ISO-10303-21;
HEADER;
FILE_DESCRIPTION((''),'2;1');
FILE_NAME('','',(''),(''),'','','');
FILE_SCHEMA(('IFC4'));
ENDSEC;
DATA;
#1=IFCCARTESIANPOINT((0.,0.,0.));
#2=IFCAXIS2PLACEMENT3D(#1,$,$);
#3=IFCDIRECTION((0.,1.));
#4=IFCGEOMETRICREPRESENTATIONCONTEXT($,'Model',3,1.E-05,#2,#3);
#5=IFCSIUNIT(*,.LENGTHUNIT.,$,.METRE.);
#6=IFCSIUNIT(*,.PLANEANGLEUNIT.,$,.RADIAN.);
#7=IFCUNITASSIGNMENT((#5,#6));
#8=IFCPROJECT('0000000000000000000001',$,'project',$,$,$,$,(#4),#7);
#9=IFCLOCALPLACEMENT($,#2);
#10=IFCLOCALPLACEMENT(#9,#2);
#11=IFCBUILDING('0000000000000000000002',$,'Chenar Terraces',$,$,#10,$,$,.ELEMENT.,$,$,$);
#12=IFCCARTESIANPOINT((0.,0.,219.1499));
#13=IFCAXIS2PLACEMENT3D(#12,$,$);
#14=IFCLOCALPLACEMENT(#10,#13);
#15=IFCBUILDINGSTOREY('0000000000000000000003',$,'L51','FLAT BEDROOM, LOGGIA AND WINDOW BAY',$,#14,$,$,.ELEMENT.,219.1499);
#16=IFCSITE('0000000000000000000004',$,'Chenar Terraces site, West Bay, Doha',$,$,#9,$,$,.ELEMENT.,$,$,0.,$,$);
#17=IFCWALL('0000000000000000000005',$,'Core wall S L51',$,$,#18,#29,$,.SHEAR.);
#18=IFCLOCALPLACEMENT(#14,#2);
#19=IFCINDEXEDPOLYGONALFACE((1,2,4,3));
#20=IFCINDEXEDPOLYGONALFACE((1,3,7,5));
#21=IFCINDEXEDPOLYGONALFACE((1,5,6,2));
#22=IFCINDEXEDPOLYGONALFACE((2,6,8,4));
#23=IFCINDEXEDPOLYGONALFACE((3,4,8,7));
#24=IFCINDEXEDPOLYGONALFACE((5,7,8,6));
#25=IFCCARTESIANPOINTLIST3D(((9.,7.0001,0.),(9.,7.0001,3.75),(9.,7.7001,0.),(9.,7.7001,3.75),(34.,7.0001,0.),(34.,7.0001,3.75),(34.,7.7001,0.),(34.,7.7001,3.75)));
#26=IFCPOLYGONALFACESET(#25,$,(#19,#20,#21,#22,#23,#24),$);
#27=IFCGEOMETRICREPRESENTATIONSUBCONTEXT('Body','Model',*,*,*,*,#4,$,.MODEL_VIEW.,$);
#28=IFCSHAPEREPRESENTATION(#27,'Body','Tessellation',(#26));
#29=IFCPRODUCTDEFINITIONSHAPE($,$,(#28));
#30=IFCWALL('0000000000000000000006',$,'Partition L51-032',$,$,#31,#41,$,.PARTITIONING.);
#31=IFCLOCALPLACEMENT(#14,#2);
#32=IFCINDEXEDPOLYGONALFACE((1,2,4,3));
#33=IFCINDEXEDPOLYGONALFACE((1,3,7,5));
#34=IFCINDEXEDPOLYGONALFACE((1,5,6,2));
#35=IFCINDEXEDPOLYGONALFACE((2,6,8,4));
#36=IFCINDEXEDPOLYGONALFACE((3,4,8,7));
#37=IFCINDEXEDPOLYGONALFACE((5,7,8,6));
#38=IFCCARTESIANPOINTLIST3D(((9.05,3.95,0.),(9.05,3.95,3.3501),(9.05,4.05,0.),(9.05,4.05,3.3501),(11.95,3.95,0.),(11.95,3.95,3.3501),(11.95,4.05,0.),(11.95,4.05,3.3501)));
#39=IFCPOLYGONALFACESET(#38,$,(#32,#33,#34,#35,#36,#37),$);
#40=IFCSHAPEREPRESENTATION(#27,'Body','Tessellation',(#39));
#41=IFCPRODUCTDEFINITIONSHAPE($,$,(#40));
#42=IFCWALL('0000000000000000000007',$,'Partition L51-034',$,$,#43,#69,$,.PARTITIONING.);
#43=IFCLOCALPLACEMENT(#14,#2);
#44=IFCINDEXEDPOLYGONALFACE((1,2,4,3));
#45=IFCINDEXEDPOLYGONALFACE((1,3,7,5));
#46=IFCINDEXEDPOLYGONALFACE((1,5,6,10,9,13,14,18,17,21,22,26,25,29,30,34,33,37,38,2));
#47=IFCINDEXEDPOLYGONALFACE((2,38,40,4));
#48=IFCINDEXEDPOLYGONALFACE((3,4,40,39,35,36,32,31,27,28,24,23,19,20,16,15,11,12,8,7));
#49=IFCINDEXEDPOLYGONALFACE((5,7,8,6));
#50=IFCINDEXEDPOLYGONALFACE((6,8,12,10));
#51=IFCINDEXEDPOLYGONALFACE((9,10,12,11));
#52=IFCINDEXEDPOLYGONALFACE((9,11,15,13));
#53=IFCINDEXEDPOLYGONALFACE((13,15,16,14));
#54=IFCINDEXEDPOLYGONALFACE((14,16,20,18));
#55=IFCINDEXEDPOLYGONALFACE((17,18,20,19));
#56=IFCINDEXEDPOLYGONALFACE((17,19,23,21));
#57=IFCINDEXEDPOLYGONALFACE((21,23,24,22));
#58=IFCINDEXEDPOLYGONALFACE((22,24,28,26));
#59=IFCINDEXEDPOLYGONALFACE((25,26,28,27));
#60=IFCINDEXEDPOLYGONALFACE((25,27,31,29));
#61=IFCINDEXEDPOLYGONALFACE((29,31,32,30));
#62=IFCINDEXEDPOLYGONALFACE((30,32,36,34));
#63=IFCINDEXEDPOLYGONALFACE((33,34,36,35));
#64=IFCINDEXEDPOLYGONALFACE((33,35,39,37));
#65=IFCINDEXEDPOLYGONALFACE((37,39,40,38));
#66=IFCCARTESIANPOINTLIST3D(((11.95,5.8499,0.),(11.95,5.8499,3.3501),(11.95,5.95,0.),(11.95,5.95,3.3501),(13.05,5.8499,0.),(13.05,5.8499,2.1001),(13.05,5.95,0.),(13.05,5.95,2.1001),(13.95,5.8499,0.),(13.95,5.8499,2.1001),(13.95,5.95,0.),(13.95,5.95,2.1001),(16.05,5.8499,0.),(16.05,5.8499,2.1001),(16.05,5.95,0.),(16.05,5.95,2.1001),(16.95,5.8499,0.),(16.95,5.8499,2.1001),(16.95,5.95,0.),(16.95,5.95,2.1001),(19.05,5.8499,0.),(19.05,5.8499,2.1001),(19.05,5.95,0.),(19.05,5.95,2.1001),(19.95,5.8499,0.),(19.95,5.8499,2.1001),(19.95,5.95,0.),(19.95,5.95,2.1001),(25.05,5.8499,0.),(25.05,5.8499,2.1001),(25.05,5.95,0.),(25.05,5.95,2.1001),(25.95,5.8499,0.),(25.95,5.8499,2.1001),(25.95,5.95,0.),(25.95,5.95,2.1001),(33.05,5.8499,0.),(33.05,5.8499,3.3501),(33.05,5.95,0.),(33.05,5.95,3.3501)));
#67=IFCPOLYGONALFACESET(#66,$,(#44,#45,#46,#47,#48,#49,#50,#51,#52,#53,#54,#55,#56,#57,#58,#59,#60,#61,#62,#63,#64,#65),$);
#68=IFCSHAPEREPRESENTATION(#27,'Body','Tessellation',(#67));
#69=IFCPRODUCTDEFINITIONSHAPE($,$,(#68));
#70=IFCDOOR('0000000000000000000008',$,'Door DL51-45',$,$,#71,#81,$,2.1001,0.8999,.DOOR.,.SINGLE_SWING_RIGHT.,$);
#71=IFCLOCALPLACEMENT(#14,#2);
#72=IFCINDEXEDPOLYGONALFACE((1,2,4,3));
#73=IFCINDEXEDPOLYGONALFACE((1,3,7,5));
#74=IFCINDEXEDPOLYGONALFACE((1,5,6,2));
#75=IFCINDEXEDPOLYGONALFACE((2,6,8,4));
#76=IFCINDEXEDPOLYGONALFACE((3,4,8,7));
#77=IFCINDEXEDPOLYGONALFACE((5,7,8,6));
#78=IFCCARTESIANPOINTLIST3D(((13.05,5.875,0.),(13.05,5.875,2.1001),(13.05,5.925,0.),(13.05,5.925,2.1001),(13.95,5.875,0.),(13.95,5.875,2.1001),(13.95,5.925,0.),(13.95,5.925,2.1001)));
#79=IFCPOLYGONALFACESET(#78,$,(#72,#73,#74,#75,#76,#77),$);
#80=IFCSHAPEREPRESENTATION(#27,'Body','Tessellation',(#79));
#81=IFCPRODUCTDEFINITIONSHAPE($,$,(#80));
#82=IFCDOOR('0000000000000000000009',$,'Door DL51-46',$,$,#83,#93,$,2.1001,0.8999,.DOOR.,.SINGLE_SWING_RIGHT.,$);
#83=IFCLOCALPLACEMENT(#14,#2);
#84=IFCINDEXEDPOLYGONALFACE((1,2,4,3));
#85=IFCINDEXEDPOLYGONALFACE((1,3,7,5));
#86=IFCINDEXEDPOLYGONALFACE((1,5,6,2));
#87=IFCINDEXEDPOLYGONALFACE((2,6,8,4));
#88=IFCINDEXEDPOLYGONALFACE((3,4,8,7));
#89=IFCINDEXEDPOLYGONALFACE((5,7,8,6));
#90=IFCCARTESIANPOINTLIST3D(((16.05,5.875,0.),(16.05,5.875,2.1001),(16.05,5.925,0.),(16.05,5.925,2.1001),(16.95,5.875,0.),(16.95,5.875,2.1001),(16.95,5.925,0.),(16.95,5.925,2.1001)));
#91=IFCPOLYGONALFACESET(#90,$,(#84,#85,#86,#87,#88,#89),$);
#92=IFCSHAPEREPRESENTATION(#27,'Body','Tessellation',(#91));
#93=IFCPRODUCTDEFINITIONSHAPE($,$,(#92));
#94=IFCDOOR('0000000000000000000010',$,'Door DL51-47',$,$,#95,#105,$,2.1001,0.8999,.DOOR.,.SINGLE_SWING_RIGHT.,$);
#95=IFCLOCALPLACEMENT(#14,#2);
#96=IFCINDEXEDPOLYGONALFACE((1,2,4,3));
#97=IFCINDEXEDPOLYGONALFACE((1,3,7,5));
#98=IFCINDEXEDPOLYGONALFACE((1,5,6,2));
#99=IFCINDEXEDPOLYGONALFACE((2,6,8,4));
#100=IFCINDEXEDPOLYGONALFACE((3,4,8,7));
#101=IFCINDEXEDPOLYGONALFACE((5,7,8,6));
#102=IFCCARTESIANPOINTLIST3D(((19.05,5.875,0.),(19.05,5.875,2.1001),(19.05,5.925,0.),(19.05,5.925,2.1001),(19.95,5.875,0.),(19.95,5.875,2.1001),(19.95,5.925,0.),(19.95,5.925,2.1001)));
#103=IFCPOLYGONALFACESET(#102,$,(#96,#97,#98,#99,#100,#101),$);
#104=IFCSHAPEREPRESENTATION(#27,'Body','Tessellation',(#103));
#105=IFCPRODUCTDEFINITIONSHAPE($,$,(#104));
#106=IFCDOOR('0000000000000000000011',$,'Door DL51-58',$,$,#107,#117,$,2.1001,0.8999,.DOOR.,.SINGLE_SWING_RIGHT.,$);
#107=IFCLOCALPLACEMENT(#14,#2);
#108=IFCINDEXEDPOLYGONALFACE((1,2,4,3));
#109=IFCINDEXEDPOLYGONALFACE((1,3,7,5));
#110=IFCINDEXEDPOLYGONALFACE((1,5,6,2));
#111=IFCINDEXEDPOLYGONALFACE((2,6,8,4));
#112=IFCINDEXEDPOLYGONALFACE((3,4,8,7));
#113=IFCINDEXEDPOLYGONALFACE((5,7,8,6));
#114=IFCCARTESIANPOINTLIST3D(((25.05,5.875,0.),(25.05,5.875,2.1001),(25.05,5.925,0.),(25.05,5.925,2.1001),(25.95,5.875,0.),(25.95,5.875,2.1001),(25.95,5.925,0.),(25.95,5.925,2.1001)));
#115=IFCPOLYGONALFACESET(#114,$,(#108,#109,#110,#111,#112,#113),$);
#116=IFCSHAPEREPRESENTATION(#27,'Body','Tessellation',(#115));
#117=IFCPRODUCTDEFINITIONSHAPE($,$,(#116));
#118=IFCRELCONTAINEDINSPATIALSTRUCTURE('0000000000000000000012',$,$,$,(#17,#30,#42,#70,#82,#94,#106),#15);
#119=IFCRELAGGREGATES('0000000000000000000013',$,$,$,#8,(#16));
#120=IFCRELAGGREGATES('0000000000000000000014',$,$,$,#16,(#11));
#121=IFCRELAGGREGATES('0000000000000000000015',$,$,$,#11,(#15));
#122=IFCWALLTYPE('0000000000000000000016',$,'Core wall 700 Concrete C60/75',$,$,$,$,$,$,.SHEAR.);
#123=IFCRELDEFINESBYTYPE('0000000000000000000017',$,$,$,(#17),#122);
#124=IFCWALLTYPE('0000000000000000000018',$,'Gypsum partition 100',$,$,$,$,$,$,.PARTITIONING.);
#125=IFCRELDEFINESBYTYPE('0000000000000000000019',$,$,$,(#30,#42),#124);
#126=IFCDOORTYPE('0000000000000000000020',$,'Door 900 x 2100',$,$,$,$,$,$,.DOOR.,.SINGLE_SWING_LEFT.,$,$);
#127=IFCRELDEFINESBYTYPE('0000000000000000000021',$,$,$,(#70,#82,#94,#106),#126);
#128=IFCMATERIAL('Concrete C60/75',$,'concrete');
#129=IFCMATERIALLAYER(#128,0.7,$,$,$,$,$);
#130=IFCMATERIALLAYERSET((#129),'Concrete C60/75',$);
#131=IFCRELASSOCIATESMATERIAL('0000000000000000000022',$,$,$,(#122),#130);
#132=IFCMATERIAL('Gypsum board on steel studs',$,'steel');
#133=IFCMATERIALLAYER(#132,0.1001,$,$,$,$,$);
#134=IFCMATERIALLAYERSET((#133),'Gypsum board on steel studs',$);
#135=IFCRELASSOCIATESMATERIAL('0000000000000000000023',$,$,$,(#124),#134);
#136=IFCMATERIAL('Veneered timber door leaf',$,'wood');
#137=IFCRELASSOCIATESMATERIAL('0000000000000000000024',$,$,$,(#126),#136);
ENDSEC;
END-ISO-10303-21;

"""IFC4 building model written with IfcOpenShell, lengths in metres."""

from ifc_helpers import new_model, si_unit, direction, frame, frame_2d, origin, place, context, subcontext, project, spatial, rectangle, extrude, material, layer, layer_set, type_object, element, fill, save


model = new_model("IFC4")

# Units and contexts
model_context = context("Model", 3, precision=1e-05, world=origin(), true_north=direction((0.0, 1.0)))
body_context = subcontext(model_context, "Body", "Model", "MODEL_VIEW")
ifc_project = project(units=[si_unit("LENGTHUNIT", "METRE"), si_unit("PLANEANGLEUNIT", "RADIAN")], contexts=[model_context])

# Site, building, storey
site_placement = place(None, origin())
site = spatial("IfcSite", under=ifc_project, at=site_placement, Name="Chenar Terraces site, West Bay, Doha", CompositionType="ELEMENT", RefElevation=0.0)
building_placement = place(site_placement, origin())
building = spatial("IfcBuilding", under=site, at=building_placement, Name="Chenar Terraces", CompositionType="ELEMENT")
storey_placement = place(building_placement, frame((0.0, 0.0, 219.1499)))
storey = spatial("IfcBuildingStorey", under=building, at=storey_placement, Name="L51", Description="FLAT BEDROOM, LOGGIA AND WINDOW BAY", CompositionType="ELEMENT", Elevation=219.1499)

# Walls
ifc_material_1 = material(Name="Concrete C60/75", Category="concrete")
ifc_layer_1 = layer(ifc_material_1, 0.7)
ifc_layer_set_1 = layer_set([ifc_layer_1], Name="Concrete C60/75")
wall_type_1 = type_object("IfcWallType", Name="Core wall 700 Concrete C60/75", PredefinedType="SHEAR", material=ifc_layer_set_1)
wall_1_placement = place(storey_placement, frame((9.0, 7.3501, 0.0), z_axis=(0.0, 0.0, 1.0), x_axis=(1.0, 0.0, 0.0)))
element("IfcWall", 1, at=wall_1_placement, inside=storey, type_object=wall_type_1, Name="Core wall S L51", PredefinedType="SHEAR", context=body_context, shape_type="SweptSolid", body=[
    extrude(rectangle(XDim=25.0, YDim=0.7, at=frame_2d((12.5, 0.0))), origin(), (0.0, 0.0, 1.0), 3.75),
])
ifc_material_2 = material(Name="Gypsum board on steel studs", Category="steel")
ifc_layer_2 = layer(ifc_material_2, 0.1001)
ifc_layer_set_2 = layer_set([ifc_layer_2], Name="Gypsum board on steel studs")
wall_type_2 = type_object("IfcWallType", Name="Gypsum partition 100", PredefinedType="PARTITIONING", material=ifc_layer_set_2)
wall_2_placement = place(storey_placement, frame((9.05, 4.0, 0.0), z_axis=(0.0, 0.0, 1.0), x_axis=(1.0, 0.0, 0.0)))
element("IfcWall", 2, at=wall_2_placement, inside=storey, type_object=wall_type_2, Name="Partition L51-032", PredefinedType="PARTITIONING", context=body_context, shape_type="SweptSolid", body=[
    extrude(rectangle(XDim=2.8999, YDim=0.1001, at=frame_2d((1.45, 0.0))), origin(), (0.0, 0.0, 1.0), 3.3501),
])

# Wall, openings, doors
wall_3_placement = place(storey_placement, frame((11.95, 5.8999, 0.0), z_axis=(0.0, 0.0, 1.0), x_axis=(1.0, 0.0, 0.0)))
wall_3 = element("IfcWall", 3, at=wall_3_placement, inside=storey, type_object=wall_type_2, Name="Partition L51-034", PredefinedType="PARTITIONING", context=body_context, shape_type="SweptSolid", body=[
    extrude(rectangle(XDim=21.1001, YDim=0.1001, at=frame_2d((10.55, 0.0))), origin(), (0.0, 0.0, 1.0), 3.3501),
])
opening_1_placement = place(wall_3_placement, frame((1.1001, 0.0, 0.0)))
opening_1 = element("IfcOpeningElement", 4, at=opening_1_placement, cuts=wall_3, PredefinedType="OPENING", context=body_context, shape_type="SweptSolid", body=[
    extrude(rectangle(XDim=0.8999, YDim=2.1001, at=frame_2d((0.45, 1.05))), frame((0.0, 0.0601, 0.0), z_axis=(0.0, -1.0, 0.0), x_axis=(1.0, 0.0, 0.0)), (0.0, 0.0, 1.0), 0.1201),
])
opening_2_placement = place(wall_3_placement, frame((4.1001, 0.0, 0.0)))
opening_2 = element("IfcOpeningElement", 5, at=opening_2_placement, cuts=wall_3, PredefinedType="OPENING", context=body_context, shape_type="SweptSolid", body=[
    extrude(rectangle(XDim=0.8999, YDim=2.1001, at=frame_2d((0.45, 1.05))), frame((0.0, 0.0601, 0.0), z_axis=(0.0, -1.0, 0.0), x_axis=(1.0, 0.0, 0.0)), (0.0, 0.0, 1.0), 0.1201),
])
opening_3_placement = place(wall_3_placement, frame((7.1001, 0.0, 0.0)))
opening_3 = element("IfcOpeningElement", 6, at=opening_3_placement, cuts=wall_3, PredefinedType="OPENING", context=body_context, shape_type="SweptSolid", body=[
    extrude(rectangle(XDim=0.8999, YDim=2.1001, at=frame_2d((0.45, 1.05))), frame((0.0, 0.0601, 0.0), z_axis=(0.0, -1.0, 0.0), x_axis=(1.0, 0.0, 0.0)), (0.0, 0.0, 1.0), 0.1201),
])
opening_4_placement = place(wall_3_placement, frame((13.1001, 0.0, 0.0)))
opening_4 = element("IfcOpeningElement", 7, at=opening_4_placement, cuts=wall_3, PredefinedType="OPENING", context=body_context, shape_type="SweptSolid", body=[
    extrude(rectangle(XDim=0.8999, YDim=2.1001, at=frame_2d((0.45, 1.05))), frame((0.0, 0.0601, 0.0), z_axis=(0.0, -1.0, 0.0), x_axis=(1.0, 0.0, 0.0)), (0.0, 0.0, 1.0), 0.1201),
])
ifc_material_3 = material(Name="Veneered timber door leaf", Category="wood")
door_type_1 = type_object("IfcDoorType", Name="Door 900 x 2100", OperationType="SINGLE_SWING_LEFT", PredefinedType="DOOR", material=ifc_material_3)
door_1_placement = place(opening_1_placement, frame((0.8999, 0.0, 0.0), z_axis=(0.0, 0.0, 1.0), x_axis=(-1.0, 0.0, 0.0)))
door_1 = element("IfcDoor", 8, at=door_1_placement, inside=storey, type_object=door_type_1, Name="Door DL51-45", OperationType="SINGLE_SWING_RIGHT", OverallHeight=2.1001, OverallWidth=0.8999, PredefinedType="DOOR", context=body_context, shape_type="SweptSolid", body=[
    extrude(rectangle(XDim=0.8999, YDim=2.1001, at=frame_2d((0.45, 1.05))), frame((0.0, 0.0249, 0.0), z_axis=(0.0, -1.0, 0.0), x_axis=(1.0, 0.0, 0.0)), (0.0, 0.0, 1.0), 0.05),
])
fill(opening_1, door_1)
door_2_placement = place(opening_2_placement, frame((0.8999, 0.0, 0.0), z_axis=(0.0, 0.0, 1.0), x_axis=(-1.0, 0.0, 0.0)))
door_2 = element("IfcDoor", 9, at=door_2_placement, inside=storey, type_object=door_type_1, Name="Door DL51-46", OperationType="SINGLE_SWING_RIGHT", OverallHeight=2.1001, OverallWidth=0.8999, PredefinedType="DOOR", context=body_context, shape_type="SweptSolid", body=[
    extrude(rectangle(XDim=0.8999, YDim=2.1001, at=frame_2d((0.45, 1.05))), frame((0.0, 0.0249, 0.0), z_axis=(0.0, -1.0, 0.0), x_axis=(1.0, 0.0, 0.0)), (0.0, 0.0, 1.0), 0.05),
])
fill(opening_2, door_2)
door_3_placement = place(opening_3_placement, frame((0.8999, 0.0, 0.0), z_axis=(0.0, 0.0, 1.0), x_axis=(-1.0, 0.0, 0.0)))
door_3 = element("IfcDoor", 10, at=door_3_placement, inside=storey, type_object=door_type_1, Name="Door DL51-47", OperationType="SINGLE_SWING_RIGHT", OverallHeight=2.1001, OverallWidth=0.8999, PredefinedType="DOOR", context=body_context, shape_type="SweptSolid", body=[
    extrude(rectangle(XDim=0.8999, YDim=2.1001, at=frame_2d((0.45, 1.05))), frame((0.0, 0.0249, 0.0), z_axis=(0.0, -1.0, 0.0), x_axis=(1.0, 0.0, 0.0)), (0.0, 0.0, 1.0), 0.05),
])
fill(opening_3, door_3)
door_4_placement = place(opening_4_placement, frame((0.8999, 0.0, 0.0), z_axis=(0.0, 0.0, 1.0), x_axis=(-1.0, 0.0, 0.0)))
door_4 = element("IfcDoor", 11, at=door_4_placement, inside=storey, type_object=door_type_1, Name="Door DL51-58", OperationType="SINGLE_SWING_RIGHT", OverallHeight=2.1001, OverallWidth=0.8999, PredefinedType="DOOR", context=body_context, shape_type="SweptSolid", body=[
    extrude(rectangle(XDim=0.8999, YDim=2.1001, at=frame_2d((0.45, 1.05))), frame((0.0, 0.0249, 0.0), z_axis=(0.0, -1.0, 0.0), x_axis=(1.0, 0.0, 0.0)), (0.0, 0.0, 1.0), 0.05),
])
fill(opening_4, door_4)

save(model, "model.ifc")
